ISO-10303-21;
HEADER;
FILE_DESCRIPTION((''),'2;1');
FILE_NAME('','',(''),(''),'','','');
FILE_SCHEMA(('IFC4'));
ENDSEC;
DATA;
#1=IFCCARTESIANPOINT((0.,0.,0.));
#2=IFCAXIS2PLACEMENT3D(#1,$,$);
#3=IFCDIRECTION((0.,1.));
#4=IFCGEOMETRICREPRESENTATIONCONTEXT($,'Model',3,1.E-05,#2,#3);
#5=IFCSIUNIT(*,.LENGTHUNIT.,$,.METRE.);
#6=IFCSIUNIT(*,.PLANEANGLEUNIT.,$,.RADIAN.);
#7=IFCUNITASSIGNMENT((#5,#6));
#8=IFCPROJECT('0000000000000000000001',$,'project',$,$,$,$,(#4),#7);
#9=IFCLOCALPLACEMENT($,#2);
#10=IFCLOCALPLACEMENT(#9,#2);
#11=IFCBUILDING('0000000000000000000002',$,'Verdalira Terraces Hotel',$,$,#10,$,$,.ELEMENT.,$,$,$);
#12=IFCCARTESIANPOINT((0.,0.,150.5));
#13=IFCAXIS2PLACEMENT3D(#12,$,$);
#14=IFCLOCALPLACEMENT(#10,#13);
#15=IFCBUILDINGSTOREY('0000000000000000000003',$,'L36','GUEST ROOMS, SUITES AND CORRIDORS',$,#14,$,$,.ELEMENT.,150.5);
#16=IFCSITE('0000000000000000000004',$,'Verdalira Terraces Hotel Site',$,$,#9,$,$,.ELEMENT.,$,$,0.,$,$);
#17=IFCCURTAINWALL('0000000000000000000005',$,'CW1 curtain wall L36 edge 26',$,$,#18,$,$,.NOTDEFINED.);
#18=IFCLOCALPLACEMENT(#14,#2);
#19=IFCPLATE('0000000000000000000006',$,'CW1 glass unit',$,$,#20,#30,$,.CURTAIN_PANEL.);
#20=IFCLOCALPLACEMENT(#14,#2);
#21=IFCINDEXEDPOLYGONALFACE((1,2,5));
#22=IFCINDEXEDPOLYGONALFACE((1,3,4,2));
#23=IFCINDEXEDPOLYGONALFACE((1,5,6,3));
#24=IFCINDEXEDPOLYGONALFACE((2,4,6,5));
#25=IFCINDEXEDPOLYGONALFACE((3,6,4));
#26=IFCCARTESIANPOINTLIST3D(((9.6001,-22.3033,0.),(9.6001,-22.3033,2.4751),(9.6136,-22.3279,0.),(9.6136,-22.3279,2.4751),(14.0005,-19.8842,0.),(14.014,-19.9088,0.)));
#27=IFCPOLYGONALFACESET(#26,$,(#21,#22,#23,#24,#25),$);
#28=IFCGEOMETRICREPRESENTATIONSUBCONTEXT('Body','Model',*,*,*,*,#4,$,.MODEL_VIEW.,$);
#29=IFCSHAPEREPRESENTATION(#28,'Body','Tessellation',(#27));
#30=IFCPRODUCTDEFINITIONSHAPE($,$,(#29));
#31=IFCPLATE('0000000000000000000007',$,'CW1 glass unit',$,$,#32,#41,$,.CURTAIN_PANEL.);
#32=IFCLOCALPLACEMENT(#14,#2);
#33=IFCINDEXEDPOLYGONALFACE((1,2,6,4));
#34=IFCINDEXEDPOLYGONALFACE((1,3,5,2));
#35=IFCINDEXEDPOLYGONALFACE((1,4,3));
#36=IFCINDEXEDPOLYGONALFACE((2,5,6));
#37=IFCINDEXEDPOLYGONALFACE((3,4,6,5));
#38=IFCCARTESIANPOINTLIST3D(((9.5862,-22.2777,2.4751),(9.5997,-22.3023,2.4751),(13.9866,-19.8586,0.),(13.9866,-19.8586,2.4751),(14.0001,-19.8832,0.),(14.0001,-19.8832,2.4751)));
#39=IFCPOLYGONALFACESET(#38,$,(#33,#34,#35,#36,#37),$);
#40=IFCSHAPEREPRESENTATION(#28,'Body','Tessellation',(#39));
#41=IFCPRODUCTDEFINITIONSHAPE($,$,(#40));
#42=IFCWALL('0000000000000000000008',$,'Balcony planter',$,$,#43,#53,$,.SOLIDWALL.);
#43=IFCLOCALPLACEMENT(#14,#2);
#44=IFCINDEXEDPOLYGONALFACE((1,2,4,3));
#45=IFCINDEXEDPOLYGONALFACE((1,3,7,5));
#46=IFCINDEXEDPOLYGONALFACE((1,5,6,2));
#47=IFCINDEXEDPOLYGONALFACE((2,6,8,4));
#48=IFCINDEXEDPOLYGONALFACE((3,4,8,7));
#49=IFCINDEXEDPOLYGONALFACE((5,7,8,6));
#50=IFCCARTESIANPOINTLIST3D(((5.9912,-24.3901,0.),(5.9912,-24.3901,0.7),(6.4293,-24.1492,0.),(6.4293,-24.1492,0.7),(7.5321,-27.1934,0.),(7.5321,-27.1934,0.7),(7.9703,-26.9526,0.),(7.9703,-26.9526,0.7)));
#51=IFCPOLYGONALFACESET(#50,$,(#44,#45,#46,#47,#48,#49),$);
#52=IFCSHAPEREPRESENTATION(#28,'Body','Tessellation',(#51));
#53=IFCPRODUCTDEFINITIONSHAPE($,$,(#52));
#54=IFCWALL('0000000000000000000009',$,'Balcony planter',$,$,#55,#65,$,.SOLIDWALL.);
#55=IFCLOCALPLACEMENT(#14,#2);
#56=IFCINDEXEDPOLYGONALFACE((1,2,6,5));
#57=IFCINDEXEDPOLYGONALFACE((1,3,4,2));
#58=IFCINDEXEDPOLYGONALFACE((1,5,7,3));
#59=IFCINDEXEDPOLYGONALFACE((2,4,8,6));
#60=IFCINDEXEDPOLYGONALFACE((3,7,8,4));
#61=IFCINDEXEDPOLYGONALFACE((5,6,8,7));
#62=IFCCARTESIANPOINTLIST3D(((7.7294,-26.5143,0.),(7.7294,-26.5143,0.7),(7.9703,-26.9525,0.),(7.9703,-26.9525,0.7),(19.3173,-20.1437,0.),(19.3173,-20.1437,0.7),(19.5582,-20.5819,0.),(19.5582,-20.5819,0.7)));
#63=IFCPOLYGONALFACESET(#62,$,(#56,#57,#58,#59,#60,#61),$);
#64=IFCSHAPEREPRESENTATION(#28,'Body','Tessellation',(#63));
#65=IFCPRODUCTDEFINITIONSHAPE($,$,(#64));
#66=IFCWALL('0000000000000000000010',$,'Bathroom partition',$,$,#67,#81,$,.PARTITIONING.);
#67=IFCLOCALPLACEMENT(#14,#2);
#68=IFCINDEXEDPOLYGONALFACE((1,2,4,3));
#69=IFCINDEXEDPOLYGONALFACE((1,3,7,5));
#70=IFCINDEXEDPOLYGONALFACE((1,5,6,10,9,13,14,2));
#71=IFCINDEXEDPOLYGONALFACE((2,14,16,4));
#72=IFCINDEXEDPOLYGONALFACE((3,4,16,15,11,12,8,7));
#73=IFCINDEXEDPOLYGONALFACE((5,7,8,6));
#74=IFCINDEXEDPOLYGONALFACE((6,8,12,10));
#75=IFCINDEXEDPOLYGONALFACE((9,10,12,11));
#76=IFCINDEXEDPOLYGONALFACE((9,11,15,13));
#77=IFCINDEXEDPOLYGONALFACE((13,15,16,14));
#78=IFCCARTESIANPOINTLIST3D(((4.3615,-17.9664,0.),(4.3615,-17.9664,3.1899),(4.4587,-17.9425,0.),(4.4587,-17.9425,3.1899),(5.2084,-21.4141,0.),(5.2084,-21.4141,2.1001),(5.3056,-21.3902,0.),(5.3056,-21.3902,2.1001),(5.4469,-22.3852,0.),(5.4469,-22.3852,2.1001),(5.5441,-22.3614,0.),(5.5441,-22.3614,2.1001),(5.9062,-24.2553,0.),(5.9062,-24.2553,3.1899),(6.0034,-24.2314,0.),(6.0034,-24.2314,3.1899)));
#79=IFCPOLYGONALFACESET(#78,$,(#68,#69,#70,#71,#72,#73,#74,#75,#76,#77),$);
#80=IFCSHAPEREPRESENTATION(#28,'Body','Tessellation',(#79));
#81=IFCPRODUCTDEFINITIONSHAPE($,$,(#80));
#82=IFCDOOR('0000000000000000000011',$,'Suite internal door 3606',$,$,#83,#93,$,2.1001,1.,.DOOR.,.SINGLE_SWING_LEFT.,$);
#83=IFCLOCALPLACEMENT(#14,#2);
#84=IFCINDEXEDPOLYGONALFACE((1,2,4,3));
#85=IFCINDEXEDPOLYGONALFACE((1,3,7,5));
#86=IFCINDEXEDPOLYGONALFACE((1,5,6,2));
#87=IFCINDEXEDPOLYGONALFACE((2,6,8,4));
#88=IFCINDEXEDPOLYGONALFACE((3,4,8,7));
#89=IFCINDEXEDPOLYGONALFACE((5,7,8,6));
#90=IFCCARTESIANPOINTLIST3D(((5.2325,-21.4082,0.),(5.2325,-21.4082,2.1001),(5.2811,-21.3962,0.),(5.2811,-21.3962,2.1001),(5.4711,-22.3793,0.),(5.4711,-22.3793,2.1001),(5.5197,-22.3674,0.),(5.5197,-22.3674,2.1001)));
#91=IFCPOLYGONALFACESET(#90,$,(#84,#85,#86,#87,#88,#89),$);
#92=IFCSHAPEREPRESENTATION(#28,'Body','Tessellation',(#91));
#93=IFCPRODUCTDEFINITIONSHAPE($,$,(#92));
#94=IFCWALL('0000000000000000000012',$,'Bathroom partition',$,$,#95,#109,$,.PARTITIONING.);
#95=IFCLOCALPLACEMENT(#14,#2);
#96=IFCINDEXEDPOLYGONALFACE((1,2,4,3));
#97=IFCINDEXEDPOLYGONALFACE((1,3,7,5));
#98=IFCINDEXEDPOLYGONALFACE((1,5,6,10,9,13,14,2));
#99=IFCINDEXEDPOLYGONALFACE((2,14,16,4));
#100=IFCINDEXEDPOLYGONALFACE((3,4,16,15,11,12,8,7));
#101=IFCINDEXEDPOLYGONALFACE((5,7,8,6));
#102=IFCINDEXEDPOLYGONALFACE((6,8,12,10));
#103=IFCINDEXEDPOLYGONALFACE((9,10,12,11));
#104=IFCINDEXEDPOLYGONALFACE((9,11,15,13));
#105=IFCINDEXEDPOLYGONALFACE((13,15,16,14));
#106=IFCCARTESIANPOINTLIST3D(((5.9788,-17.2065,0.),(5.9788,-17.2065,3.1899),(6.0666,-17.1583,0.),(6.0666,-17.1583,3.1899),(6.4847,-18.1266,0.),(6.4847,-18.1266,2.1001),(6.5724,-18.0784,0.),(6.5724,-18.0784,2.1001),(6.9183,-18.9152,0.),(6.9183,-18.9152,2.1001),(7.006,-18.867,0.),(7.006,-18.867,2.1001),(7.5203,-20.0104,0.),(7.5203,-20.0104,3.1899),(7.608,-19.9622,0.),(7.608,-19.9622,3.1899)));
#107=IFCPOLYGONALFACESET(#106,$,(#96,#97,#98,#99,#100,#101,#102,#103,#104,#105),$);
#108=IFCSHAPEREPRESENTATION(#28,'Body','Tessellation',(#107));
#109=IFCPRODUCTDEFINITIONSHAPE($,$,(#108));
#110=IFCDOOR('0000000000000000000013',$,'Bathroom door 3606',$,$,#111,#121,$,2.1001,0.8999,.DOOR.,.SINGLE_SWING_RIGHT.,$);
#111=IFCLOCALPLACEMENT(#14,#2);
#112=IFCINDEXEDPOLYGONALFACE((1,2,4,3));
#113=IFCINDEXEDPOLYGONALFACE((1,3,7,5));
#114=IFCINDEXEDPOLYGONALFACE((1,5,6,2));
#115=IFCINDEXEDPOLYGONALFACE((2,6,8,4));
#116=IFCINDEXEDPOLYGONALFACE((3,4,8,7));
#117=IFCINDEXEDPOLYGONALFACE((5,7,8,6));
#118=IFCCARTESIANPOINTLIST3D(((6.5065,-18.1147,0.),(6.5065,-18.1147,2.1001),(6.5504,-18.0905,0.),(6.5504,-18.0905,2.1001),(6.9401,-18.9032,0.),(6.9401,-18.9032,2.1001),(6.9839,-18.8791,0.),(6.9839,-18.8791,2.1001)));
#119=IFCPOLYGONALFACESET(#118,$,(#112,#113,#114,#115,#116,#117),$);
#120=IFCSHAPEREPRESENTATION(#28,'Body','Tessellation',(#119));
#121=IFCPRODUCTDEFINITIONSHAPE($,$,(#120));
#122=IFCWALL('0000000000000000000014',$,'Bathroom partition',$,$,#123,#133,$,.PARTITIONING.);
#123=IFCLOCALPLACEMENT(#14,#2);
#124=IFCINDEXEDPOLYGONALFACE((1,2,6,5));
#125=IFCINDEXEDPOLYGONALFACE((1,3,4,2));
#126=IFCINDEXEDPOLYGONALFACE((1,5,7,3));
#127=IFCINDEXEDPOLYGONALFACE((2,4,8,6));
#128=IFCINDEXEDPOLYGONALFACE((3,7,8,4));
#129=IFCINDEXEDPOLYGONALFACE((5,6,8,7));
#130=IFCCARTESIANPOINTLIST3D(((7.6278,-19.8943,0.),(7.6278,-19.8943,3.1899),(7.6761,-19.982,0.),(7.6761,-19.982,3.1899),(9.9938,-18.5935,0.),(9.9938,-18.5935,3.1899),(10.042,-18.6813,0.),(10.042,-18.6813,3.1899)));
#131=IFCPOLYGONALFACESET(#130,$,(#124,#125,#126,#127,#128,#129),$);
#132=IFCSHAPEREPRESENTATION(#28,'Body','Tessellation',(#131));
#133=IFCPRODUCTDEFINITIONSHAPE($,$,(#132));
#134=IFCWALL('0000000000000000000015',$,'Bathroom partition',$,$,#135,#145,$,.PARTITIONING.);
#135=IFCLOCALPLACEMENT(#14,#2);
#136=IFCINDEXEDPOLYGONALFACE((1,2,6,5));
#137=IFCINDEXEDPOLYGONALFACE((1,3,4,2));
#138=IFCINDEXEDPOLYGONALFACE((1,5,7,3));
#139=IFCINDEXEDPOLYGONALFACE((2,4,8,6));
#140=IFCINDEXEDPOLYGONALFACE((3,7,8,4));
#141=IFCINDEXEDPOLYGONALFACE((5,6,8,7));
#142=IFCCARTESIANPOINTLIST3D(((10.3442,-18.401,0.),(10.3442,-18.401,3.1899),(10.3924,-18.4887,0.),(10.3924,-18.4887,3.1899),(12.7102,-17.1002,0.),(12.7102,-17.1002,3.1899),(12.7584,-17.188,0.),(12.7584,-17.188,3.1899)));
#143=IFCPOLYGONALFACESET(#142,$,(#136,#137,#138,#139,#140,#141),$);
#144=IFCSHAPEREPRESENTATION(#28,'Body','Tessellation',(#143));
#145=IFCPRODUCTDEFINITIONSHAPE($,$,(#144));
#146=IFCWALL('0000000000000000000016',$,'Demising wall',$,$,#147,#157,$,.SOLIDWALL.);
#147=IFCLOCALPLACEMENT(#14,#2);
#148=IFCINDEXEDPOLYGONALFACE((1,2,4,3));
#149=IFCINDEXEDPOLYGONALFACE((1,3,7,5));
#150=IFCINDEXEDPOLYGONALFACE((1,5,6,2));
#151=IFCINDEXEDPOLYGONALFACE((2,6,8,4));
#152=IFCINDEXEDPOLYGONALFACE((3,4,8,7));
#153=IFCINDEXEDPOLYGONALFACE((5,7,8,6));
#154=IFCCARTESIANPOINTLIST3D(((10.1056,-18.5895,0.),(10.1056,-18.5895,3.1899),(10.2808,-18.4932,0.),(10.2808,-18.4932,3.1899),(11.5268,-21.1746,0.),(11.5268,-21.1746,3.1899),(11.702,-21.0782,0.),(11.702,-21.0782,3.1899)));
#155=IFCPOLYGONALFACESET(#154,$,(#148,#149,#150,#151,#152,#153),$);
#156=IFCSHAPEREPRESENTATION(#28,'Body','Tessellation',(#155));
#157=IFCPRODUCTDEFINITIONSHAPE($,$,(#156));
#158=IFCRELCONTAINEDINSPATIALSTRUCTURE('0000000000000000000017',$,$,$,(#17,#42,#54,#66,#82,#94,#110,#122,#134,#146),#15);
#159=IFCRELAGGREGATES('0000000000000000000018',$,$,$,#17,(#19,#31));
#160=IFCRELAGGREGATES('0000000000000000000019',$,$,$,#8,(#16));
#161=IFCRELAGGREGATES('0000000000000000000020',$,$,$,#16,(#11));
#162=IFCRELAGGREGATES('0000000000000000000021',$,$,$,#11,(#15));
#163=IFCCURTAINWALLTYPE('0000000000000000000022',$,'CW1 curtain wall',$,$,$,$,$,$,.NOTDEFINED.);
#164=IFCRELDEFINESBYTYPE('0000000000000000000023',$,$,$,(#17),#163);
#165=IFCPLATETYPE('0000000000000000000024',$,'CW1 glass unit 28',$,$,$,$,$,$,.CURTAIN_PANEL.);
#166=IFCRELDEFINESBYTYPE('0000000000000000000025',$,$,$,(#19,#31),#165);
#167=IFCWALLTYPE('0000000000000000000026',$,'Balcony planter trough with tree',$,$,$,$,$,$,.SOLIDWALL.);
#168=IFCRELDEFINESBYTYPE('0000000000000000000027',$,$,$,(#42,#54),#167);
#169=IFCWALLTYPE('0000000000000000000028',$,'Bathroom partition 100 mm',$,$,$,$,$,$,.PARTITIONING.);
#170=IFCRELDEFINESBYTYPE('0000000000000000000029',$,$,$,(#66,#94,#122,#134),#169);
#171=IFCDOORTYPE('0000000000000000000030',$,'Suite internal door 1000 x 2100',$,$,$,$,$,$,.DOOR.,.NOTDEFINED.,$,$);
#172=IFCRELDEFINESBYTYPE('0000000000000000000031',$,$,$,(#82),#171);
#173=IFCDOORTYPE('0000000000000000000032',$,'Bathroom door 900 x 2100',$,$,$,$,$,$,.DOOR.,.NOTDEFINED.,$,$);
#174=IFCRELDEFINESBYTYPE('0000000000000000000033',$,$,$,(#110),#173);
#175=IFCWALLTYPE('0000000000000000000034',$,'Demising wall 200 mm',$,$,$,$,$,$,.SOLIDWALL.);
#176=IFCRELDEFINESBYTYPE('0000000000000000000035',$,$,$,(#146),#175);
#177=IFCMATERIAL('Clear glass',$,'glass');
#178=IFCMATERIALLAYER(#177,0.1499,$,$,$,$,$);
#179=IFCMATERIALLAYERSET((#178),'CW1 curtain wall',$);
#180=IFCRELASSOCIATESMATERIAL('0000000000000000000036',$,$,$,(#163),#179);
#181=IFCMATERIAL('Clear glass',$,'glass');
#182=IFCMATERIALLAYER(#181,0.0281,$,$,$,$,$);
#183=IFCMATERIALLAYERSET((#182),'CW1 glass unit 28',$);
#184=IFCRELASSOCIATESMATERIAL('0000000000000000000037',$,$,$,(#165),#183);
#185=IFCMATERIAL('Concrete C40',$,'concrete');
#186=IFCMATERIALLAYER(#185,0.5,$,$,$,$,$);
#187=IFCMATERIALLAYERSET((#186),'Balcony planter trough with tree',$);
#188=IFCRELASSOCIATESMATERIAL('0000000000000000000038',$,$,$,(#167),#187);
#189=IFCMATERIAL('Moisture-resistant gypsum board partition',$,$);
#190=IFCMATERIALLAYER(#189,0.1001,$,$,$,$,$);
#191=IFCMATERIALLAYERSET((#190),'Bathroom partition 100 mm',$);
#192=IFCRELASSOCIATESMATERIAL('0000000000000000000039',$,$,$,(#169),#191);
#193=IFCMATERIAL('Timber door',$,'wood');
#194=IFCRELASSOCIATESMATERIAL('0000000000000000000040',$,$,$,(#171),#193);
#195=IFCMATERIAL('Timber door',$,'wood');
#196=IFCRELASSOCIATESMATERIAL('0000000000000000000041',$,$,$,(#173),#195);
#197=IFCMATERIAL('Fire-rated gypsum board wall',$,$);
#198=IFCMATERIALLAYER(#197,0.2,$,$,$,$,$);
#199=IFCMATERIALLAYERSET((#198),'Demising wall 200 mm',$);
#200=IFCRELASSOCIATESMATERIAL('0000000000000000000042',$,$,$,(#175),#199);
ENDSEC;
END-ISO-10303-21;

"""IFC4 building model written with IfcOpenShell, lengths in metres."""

from ifc_helpers import new_model, si_unit, direction, frame, frame_2d, origin, place, context, subcontext, project, spatial, polyline, rectangle, outline, extrude, material, layer, layer_set, type_object, element, fill, aggregate, save


model = new_model("IFC4")

# Units and contexts
model_context = context("Model", 3, precision=1e-05, world=origin(), true_north=direction((0.0, 1.0)))
body_context = subcontext(model_context, "Body", "Model", "MODEL_VIEW")
ifc_project = project(units=[si_unit("LENGTHUNIT", "METRE"), si_unit("PLANEANGLEUNIT", "RADIAN")], contexts=[model_context])

# Site, building, storey
site_placement = place(None, origin())
site = spatial("IfcSite", under=ifc_project, at=site_placement, Name="Verdalira Terraces Hotel Site", CompositionType="ELEMENT", RefElevation=0.0)
building_placement = place(site_placement, origin())
building = spatial("IfcBuilding", under=site, at=building_placement, Name="Verdalira Terraces Hotel", CompositionType="ELEMENT")
storey_placement = place(building_placement, frame((0.0, 0.0, 150.5)))
storey = spatial("IfcBuildingStorey", under=building, at=storey_placement, Name="L36", Description="GUEST ROOMS, SUITES AND CORRIDORS", CompositionType="ELEMENT", Elevation=150.5)

# Shared definitions
ifc_material_1 = material(Name="Clear glass", Category="glass")
ifc_layer_1 = layer(ifc_material_1, 0.1499)
ifc_layer_set_1 = layer_set([ifc_layer_1], Name="CW1 curtain wall")
curtain_wall_type = type_object("IfcCurtainWallType", Name="CW1 curtain wall", PredefinedType="NOTDEFINED", material=ifc_layer_set_1)

# Curtain wall
curtain_wall_1_placement = place(storey_placement, origin())
curtain_wall_1 = element("IfcCurtainWall", 1, at=curtain_wall_1_placement, inside=storey, type_object=curtain_wall_type, Name="CW1 curtain wall L36 edge 26", PredefinedType="NOTDEFINED")

# Plates
ifc_material_2 = material(Name="Clear glass", Category="glass")
ifc_layer_2 = layer(ifc_material_2, 0.0281)
ifc_layer_set_2 = layer_set([ifc_layer_2], Name="CW1 glass unit 28")
plate_type = type_object("IfcPlateType", Name="CW1 glass unit 28", PredefinedType="CURTAIN_PANEL", material=ifc_layer_set_2)
plate_1_placement = place(storey_placement, frame((11.8003, -21.0938, 1.2375), z_axis=(0.481754, -0.876307, 0.0), x_axis=(0.876307, 0.481754, 0.0)))
plate_1 = element("IfcPlate", 2, at=plate_1_placement, type_object=plate_type, Name="CW1 glass unit", PredefinedType="CURTAIN_PANEL", context=body_context, shape_type="SweptSolid", body=[
    extrude(outline(polyline([(-2.5107, -1.2375), (2.5107, -1.2375), (-2.5107, 1.2375), (-2.5107, -1.2375)])), origin(), (0.0, 0.0, 1.0), 0.0281),
])
plate_2_placement = place(storey_placement, frame((11.7864, -21.0681, 1.2375), z_axis=(0.481754, -0.876307, 0.0), x_axis=(0.876307, 0.481754, 0.0)))
plate_2 = element("IfcPlate", 3, at=plate_2_placement, type_object=plate_type, Name="CW1 glass unit", PredefinedType="CURTAIN_PANEL", context=body_context, shape_type="SweptSolid", body=[
    extrude(outline(polyline([(2.5107, -1.2375), (2.5107, 1.2375), (-2.5107, 1.2375), (2.5107, -1.2375)])), origin(), (0.0, 0.0, 1.0), 0.0281),
])
aggregate(curtain_wall_1, [plate_1, plate_2])

# Walls
ifc_material_3 = material(Name="Concrete C40", Category="concrete")
ifc_layer_3 = layer(ifc_material_3, 0.5)
ifc_layer_set_3 = layer_set([ifc_layer_3], Name="Balcony planter trough with tree")
wall_type_1 = type_object("IfcWallType", Name="Balcony planter trough with tree", PredefinedType="SOLIDWALL", material=ifc_layer_set_3)
wall_1_placement = place(storey_placement, frame((6.2102, -24.2695, 0.0), z_axis=(0.0, 0.0, 1.0), x_axis=(0.481705, -0.876334, 0.0)))
element("IfcWall", 4, at=wall_1_placement, inside=storey, type_object=wall_type_1, Name="Balcony planter", PredefinedType="SOLIDWALL", context=body_context, shape_type="SweptSolid", body=[
    extrude(rectangle(XDim=3.199, YDim=0.5, at=frame_2d((1.5996, 0.0))), origin(), (0.0, 0.0, 1.0), 0.7),
])
wall_2_placement = place(storey_placement, frame((7.8499, -26.7334, 0.0), z_axis=(0.0, 0.0, 1.0), x_axis=(0.876303, 0.48176, 0.0)))
element("IfcWall", 5, at=wall_2_placement, inside=storey, type_object=wall_type_1, Name="Balcony planter", PredefinedType="SOLIDWALL", context=body_context, shape_type="SweptSolid", body=[
    extrude(rectangle(XDim=13.2236, YDim=0.5, at=frame_2d((6.6118, 0.0))), origin(), (0.0, 0.0, 1.0), 0.7),
])

# Walls, openings, doors
ifc_material_4 = material(Name="Moisture-resistant gypsum board partition")
ifc_layer_4 = layer(ifc_material_4, 0.1001)
ifc_layer_set_4 = layer_set([ifc_layer_4], Name="Bathroom partition 100 mm")
wall_type_2 = type_object("IfcWallType", Name="Bathroom partition 100 mm", PredefinedType="PARTITIONING", material=ifc_layer_set_4)
wall_3_placement = place(storey_placement, frame((4.4102, -17.9546, 0.0), z_axis=(0.0, 0.0, 1.0), x_axis=(0.238533, -0.971134, 0.0)))
wall_3 = element("IfcWall", 6, at=wall_3_placement, inside=storey, type_object=wall_type_2, Name="Bathroom partition", PredefinedType="PARTITIONING", context=body_context, shape_type="SweptSolid", body=[
    extrude(rectangle(XDim=6.4758, YDim=0.1001, at=frame_2d((3.2378, 0.0))), origin(), (0.0, 0.0, 1.0), 3.1899),
])
opening_1_placement = place(wall_3_placement, frame((3.55, 0.0, 0.0)))
opening_1 = element("IfcOpeningElement", 7, at=opening_1_placement, cuts=wall_3, PredefinedType="OPENING", context=body_context, shape_type="SweptSolid", body=[
    extrude(rectangle(XDim=1.0, YDim=2.1001, at=frame_2d((0.5, 1.05))), frame((0.0, 0.0601, 0.0), z_axis=(0.0, -1.0, 0.0), x_axis=(1.0, 0.0, 0.0)), (0.0, 0.0, 1.0), 0.1201),
])
ifc_material_5 = material(Name="Timber door", Category="wood")
door_type_1 = type_object("IfcDoorType", Name="Suite internal door 1000 x 2100", OperationType="NOTDEFINED", PredefinedType="DOOR", material=ifc_material_5)
door_1_placement = place(opening_1_placement, origin())
door_1 = element("IfcDoor", 8, at=door_1_placement, inside=storey, type_object=door_type_1, Name="Suite internal door 3606", OperationType="SINGLE_SWING_LEFT", OverallHeight=2.1001, OverallWidth=1.0, PredefinedType="DOOR", context=body_context, shape_type="SweptSolid", body=[
    extrude(rectangle(XDim=1.0, YDim=2.1001, at=frame_2d((0.5, 1.05))), frame((0.0, 0.0249, 0.0), z_axis=(0.0, -1.0, 0.0), x_axis=(1.0, 0.0, 0.0)), (0.0, 0.0, 1.0), 0.05),
])
fill(opening_1, door_1)
wall_4_placement = place(storey_placement, frame((6.0227, -17.1824, 0.0), z_axis=(0.0, 0.0, 1.0), x_axis=(0.481758, -0.876304, 0.0)))
wall_4 = element("IfcWall", 9, at=wall_4_placement, inside=storey, type_object=wall_type_2, Name="Bathroom partition", PredefinedType="PARTITIONING", context=body_context, shape_type="SweptSolid", body=[
    extrude(rectangle(XDim=3.1997, YDim=0.1001, at=frame_2d((1.5999, 0.0))), origin(), (0.0, 0.0, 1.0), 3.1899),
])
opening_2_placement = place(wall_4_placement, frame((1.05, 0.0, 0.0)))
opening_2 = element("IfcOpeningElement", 10, at=opening_2_placement, cuts=wall_4, PredefinedType="OPENING", context=body_context, shape_type="SweptSolid", body=[
    extrude(rectangle(XDim=0.8999, YDim=2.1001, at=frame_2d((0.45, 1.05))), frame((0.0, 0.0601, 0.0), z_axis=(0.0, -1.0, 0.0), x_axis=(1.0, 0.0, 0.0)), (0.0, 0.0, 1.0), 0.1201),
])
ifc_material_6 = material(Name="Timber door", Category="wood")
door_type_2 = type_object("IfcDoorType", Name="Bathroom door 900 x 2100", OperationType="NOTDEFINED", PredefinedType="DOOR", material=ifc_material_6)
door_2_placement = place(opening_2_placement, origin())
door_2 = element("IfcDoor", 11, at=door_2_placement, inside=storey, type_object=door_type_2, Name="Bathroom door 3606", OperationType="SINGLE_SWING_RIGHT", OverallHeight=2.1001, OverallWidth=0.8999, PredefinedType="DOOR", context=body_context, shape_type="SweptSolid", body=[
    extrude(rectangle(XDim=0.8999, YDim=2.1001, at=frame_2d((0.45, 1.05))), frame((0.0, 0.0249, 0.0), z_axis=(0.0, -1.0, 0.0), x_axis=(1.0, 0.0, 0.0)), (0.0, 0.0, 1.0), 0.05),
])
fill(opening_2, door_2)

# Walls
for number, where, z_axis, x_axis, name in (
    (12, (7.6519, -19.9382, 0.0), (0.0, 0.0, 1.0), (0.876294, 0.481776, 0.0), "Bathroom partition"),
    (13, (12.7344, -17.144, 0.0), (0.0, 0.0, 1.0), (-0.876294, -0.481776, 0.0), "Bathroom partition"),
):
    element("IfcWall", number, at=place(storey_placement, frame(where, z_axis=z_axis, x_axis=x_axis)), inside=storey, type_object=wall_type_2, Name=name, PredefinedType="PARTITIONING", context=body_context, shape_type="SweptSolid", body=[
        extrude(rectangle(XDim=2.7, YDim=0.1001, at=frame_2d((1.3501, 0.0))), origin(), (0.0, 0.0, 1.0), 3.1899),
    ])
ifc_material_7 = material(Name="Fire-rated gypsum board wall")
ifc_layer_5 = layer(ifc_material_7, 0.2)
ifc_layer_set_5 = layer_set([ifc_layer_5], Name="Demising wall 200 mm")
wall_type_3 = type_object("IfcWallType", Name="Demising wall 200 mm", PredefinedType="SOLIDWALL", material=ifc_layer_set_5)
wall_5_placement = place(storey_placement, frame((10.1931, -18.5413, 0.0), z_axis=(0.0, 0.0, 1.0), x_axis=(0.481766, -0.8763, 0.0)))
element("IfcWall", 14, at=wall_5_placement, inside=storey, type_object=wall_type_3, Name="Demising wall", PredefinedType="SOLIDWALL", context=body_context, shape_type="SweptSolid", body=[
    extrude(rectangle(XDim=2.95, YDim=0.2, at=frame_2d((1.4751, 0.0))), origin(), (0.0, 0.0, 1.0), 3.1899),
])

save(model, "model.ifc")
